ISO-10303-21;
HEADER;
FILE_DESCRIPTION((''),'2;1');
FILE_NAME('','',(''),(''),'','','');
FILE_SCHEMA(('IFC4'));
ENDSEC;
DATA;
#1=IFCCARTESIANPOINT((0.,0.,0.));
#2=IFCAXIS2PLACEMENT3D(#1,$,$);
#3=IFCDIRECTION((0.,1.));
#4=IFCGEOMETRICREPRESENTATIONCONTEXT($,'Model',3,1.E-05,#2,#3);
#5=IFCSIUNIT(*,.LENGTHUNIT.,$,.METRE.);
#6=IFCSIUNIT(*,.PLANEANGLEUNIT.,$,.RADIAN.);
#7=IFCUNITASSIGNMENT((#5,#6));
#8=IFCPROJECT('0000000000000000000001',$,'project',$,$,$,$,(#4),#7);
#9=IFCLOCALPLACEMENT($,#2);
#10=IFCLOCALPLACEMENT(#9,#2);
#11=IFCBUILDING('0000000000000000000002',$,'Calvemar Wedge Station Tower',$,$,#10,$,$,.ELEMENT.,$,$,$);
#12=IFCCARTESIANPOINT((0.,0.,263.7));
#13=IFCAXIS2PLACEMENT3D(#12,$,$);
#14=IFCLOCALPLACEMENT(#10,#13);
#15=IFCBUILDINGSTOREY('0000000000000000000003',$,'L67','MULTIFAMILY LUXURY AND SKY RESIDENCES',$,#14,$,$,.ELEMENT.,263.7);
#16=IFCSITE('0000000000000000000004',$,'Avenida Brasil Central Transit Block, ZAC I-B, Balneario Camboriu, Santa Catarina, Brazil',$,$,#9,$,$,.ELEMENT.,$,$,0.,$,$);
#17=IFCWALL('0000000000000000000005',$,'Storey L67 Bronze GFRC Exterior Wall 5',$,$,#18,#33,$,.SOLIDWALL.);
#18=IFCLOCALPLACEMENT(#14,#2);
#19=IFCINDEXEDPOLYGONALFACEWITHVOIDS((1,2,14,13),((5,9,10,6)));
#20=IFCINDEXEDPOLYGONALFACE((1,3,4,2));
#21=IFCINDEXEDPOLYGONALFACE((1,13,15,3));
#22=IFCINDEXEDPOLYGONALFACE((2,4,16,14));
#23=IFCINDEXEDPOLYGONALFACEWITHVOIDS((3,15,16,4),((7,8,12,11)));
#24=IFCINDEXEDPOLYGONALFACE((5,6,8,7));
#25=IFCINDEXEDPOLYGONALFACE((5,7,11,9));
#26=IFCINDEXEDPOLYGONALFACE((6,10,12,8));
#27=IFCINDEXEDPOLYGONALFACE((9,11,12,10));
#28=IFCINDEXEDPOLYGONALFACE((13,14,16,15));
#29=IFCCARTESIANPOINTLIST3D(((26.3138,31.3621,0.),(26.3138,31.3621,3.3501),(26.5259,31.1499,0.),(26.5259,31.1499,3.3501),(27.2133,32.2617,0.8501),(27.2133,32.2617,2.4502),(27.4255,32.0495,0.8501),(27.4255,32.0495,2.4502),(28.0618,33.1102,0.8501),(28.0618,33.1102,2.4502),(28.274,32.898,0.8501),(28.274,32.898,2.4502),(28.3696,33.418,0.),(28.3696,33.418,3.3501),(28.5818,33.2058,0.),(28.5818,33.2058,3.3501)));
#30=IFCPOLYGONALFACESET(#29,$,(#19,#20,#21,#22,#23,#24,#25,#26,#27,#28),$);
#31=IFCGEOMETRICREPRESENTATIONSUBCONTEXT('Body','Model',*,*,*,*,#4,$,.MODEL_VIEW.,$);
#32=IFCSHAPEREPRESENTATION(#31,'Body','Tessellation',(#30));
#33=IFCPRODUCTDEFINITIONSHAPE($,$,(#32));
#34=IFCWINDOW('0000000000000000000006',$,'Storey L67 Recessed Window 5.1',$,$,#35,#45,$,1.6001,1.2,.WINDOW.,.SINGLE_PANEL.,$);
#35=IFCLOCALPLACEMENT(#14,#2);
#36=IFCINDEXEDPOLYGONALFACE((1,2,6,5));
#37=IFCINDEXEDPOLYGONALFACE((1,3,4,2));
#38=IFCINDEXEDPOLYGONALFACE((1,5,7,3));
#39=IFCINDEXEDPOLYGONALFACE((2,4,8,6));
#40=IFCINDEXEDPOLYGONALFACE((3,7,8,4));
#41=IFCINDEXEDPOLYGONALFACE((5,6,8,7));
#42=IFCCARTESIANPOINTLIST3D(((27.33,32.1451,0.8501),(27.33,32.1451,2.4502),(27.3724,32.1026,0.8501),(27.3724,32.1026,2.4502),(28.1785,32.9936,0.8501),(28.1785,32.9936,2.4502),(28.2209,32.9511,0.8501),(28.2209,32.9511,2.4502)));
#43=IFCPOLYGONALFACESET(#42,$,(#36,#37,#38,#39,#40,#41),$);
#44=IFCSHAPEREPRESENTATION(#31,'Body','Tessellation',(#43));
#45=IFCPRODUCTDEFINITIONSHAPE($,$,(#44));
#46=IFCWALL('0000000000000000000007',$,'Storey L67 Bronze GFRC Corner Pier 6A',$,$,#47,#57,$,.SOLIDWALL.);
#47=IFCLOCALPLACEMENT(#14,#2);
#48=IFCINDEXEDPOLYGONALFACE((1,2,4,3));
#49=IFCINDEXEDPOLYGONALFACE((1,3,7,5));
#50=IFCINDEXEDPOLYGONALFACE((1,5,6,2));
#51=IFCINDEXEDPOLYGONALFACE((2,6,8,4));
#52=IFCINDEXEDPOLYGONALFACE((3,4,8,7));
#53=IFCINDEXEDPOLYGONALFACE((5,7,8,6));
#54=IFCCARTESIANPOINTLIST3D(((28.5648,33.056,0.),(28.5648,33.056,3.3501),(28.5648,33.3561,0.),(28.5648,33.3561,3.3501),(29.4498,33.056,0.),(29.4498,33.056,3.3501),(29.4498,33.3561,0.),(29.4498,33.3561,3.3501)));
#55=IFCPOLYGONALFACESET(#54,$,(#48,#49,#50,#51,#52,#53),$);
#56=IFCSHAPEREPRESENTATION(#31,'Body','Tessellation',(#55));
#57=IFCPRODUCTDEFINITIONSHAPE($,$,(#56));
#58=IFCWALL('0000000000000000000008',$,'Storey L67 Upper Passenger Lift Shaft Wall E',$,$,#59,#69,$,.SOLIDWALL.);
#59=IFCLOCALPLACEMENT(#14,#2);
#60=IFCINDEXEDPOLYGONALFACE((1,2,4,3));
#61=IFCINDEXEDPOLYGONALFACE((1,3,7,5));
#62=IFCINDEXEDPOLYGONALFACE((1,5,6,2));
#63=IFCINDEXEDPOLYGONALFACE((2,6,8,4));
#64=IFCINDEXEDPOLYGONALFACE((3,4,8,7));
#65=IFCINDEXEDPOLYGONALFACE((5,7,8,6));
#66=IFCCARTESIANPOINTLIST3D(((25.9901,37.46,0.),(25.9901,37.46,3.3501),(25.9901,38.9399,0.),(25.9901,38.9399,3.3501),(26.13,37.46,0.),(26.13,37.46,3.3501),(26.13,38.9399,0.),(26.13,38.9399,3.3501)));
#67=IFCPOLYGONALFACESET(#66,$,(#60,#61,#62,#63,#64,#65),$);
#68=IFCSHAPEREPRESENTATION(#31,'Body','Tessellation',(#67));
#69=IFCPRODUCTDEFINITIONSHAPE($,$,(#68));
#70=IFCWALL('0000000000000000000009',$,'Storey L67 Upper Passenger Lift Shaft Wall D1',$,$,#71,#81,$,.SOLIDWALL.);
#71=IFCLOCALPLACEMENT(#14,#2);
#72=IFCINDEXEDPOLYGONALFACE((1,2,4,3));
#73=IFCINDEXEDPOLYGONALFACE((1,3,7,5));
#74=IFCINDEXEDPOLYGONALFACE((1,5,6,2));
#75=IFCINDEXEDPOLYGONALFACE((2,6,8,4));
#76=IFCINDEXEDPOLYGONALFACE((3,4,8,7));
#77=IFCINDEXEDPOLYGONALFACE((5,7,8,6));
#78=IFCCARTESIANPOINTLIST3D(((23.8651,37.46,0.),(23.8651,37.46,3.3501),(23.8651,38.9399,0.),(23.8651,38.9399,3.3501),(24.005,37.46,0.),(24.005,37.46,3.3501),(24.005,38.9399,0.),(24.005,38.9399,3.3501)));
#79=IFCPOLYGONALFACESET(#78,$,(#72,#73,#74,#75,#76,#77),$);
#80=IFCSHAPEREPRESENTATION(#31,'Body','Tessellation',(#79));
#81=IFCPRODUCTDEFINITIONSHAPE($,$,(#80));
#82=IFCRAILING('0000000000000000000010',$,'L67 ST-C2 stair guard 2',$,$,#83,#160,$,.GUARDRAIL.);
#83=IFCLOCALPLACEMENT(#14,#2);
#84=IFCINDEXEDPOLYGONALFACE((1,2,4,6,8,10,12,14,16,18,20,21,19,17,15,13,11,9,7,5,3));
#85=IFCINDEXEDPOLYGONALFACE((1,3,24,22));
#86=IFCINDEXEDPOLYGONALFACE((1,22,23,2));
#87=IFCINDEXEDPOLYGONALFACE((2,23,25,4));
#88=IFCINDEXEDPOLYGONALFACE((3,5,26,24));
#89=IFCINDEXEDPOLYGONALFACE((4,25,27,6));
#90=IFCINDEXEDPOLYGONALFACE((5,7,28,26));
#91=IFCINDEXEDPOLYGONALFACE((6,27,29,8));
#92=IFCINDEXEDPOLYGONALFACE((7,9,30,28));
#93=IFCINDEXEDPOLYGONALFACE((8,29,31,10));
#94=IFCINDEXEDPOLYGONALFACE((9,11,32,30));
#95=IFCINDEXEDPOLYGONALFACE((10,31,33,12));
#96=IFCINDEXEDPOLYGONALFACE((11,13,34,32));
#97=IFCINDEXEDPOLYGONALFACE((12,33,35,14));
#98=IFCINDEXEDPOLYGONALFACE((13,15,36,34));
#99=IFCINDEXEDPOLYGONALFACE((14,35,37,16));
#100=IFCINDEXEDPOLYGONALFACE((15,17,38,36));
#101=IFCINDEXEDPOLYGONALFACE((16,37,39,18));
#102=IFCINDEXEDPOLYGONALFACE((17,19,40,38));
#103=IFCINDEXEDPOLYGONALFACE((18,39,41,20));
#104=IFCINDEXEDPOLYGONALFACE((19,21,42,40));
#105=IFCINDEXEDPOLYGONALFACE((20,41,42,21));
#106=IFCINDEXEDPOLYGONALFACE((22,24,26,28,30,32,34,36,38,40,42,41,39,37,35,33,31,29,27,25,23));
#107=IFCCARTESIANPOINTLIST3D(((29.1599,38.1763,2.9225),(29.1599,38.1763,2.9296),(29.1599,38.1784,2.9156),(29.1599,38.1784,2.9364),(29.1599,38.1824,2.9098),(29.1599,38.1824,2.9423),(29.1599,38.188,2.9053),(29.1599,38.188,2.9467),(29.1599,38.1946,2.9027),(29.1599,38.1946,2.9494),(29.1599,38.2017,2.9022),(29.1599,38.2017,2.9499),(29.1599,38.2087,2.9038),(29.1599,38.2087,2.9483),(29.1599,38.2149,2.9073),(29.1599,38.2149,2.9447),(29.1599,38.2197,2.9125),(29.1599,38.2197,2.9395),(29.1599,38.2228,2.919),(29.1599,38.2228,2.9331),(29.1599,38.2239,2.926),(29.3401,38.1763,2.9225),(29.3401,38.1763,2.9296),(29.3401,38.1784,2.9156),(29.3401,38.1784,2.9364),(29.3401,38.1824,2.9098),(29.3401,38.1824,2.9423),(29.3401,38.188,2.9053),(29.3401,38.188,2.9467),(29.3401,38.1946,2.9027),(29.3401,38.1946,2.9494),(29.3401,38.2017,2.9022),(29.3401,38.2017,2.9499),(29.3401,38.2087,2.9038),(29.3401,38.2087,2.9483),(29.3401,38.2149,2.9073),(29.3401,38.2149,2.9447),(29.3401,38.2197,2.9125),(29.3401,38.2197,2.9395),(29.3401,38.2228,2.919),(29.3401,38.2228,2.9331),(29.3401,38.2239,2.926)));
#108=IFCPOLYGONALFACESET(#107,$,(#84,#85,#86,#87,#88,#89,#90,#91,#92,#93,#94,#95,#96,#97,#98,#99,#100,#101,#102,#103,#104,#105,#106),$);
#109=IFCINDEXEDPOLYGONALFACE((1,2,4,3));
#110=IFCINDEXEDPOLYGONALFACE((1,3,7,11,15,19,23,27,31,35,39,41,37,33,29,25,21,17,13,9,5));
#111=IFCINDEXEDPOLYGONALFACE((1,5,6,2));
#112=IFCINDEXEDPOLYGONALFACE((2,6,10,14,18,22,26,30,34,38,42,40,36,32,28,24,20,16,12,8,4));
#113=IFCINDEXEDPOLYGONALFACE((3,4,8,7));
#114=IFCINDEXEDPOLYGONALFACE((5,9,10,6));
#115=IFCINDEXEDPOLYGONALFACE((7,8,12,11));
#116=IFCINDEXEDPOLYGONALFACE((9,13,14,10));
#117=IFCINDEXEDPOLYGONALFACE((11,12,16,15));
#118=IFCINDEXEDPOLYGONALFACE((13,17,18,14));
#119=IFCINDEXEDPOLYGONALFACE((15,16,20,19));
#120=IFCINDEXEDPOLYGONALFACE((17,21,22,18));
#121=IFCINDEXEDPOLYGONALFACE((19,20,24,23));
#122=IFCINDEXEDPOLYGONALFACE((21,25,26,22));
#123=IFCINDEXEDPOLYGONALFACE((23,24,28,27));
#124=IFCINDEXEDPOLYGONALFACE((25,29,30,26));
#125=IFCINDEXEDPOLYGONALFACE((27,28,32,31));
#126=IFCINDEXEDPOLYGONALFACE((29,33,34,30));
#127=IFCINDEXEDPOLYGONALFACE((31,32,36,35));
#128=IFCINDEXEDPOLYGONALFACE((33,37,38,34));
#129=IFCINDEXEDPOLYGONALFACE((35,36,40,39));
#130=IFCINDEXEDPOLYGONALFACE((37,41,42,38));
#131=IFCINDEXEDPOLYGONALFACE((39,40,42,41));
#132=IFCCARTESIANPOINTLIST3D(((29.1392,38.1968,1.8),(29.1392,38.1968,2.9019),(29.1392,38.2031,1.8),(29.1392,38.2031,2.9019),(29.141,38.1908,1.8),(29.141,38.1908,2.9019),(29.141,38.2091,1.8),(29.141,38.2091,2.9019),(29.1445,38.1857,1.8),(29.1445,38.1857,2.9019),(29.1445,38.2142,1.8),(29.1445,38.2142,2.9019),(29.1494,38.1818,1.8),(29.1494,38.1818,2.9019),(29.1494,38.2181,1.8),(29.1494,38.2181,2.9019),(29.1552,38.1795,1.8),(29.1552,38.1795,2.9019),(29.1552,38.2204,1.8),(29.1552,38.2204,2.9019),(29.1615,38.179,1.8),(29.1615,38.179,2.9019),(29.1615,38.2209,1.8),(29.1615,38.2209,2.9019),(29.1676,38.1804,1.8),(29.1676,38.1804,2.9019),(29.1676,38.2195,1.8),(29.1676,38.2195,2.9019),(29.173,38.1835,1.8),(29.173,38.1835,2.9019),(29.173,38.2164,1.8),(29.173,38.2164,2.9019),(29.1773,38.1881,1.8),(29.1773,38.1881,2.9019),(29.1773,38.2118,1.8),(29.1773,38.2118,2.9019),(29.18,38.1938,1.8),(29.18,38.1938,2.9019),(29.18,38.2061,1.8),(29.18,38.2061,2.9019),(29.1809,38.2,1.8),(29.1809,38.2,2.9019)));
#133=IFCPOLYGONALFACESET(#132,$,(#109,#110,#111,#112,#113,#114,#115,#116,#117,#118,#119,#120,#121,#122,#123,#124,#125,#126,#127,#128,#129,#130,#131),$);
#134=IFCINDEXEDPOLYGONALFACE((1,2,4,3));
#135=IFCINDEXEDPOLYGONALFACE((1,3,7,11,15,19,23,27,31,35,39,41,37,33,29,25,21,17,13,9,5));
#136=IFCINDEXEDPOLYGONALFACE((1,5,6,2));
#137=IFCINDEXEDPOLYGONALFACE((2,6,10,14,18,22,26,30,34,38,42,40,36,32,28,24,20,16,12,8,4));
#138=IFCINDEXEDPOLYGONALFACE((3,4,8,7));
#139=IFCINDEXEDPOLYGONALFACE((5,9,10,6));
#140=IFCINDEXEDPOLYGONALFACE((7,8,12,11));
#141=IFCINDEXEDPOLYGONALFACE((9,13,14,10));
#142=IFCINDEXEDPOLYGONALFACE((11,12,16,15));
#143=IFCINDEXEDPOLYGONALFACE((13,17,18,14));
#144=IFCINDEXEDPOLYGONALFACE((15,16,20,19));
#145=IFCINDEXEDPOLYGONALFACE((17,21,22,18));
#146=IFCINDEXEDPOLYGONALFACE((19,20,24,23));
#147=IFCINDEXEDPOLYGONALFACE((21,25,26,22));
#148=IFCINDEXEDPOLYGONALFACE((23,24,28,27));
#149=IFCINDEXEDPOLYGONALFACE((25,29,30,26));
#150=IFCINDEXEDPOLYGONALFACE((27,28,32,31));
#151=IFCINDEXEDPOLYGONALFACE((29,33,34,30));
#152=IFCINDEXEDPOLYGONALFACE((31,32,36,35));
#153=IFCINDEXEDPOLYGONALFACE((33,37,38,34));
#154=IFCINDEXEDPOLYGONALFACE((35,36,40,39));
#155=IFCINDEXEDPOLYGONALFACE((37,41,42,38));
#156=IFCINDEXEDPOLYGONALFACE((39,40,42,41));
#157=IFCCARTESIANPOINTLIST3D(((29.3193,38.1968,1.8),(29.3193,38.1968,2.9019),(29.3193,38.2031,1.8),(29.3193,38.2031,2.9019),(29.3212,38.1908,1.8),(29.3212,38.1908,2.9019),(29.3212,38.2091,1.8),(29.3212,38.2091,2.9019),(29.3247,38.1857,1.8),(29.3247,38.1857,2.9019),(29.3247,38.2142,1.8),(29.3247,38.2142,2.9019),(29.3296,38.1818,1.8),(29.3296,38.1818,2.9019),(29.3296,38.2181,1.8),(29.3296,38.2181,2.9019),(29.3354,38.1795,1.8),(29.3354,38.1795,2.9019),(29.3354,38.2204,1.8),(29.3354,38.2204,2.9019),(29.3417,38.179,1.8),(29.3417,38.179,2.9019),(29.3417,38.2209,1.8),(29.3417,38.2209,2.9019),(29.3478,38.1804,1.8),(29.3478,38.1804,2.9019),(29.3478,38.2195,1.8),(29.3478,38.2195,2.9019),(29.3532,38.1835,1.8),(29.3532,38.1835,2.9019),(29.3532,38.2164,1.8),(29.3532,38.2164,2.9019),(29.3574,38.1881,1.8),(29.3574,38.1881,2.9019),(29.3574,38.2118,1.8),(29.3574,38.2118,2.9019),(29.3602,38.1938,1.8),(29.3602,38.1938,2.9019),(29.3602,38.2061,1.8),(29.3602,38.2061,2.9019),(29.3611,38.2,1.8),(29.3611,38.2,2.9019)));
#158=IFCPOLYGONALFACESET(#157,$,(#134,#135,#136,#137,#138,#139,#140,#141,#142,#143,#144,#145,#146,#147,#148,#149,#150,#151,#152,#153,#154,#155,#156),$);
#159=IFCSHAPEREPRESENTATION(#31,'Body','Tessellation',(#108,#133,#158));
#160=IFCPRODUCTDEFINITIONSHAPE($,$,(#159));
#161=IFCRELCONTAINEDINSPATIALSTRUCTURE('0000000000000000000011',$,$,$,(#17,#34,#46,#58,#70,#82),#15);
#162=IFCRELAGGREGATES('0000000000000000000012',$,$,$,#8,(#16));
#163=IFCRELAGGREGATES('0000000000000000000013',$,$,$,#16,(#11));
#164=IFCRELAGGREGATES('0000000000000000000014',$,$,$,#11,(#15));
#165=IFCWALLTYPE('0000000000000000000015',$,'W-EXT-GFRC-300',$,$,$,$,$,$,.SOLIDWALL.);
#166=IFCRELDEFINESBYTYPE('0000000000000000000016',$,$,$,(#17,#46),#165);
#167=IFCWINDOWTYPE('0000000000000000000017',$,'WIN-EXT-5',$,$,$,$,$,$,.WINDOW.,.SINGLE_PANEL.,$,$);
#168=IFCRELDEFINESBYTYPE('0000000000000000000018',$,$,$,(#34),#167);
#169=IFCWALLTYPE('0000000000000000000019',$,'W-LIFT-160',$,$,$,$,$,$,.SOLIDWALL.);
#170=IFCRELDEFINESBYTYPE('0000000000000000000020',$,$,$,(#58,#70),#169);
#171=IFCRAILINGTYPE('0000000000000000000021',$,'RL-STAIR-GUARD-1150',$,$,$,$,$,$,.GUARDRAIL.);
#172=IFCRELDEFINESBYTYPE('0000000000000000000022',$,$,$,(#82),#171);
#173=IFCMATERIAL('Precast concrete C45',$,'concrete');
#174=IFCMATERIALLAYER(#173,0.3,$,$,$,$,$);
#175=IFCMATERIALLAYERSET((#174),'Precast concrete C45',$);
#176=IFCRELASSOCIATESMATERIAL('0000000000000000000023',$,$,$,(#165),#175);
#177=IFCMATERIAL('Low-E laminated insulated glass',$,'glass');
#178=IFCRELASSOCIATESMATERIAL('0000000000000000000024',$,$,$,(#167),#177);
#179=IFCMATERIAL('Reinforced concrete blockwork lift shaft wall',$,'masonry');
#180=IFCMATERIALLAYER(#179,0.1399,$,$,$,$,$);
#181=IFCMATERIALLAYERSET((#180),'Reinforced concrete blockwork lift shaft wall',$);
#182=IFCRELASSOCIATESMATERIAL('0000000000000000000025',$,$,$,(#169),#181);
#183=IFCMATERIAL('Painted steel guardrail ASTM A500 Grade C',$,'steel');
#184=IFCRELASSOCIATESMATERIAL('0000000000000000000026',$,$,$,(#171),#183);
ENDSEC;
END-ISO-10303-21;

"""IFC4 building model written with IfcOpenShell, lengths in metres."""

from ifc_helpers import new_model, si_unit, direction, frame, frame_2d, origin, origin_2d, place, context, subcontext, project, spatial, rectangle, circle, extrude, source, transform, mapped, material, layer, layer_set, type_object, element, fill, save


model = new_model("IFC4")

# Units and contexts
model_context = context("Model", 3, precision=1e-05, world=origin(), true_north=direction((0.0, 1.0)))
body_context = subcontext(model_context, "Body", "Model", "MODEL_VIEW")
ifc_project = project(units=[si_unit("LENGTHUNIT", "METRE"), si_unit("PLANEANGLEUNIT", "RADIAN")], contexts=[model_context])

# Site, building, storey
site_placement = place(None, origin())
site = spatial("IfcSite", under=ifc_project, at=site_placement, Name="Avenida Brasil Central Transit Block, ZAC I-B, Balneario Camboriu, Santa Catarina, Brazil", CompositionType="ELEMENT", RefElevation=0.0)
building_placement = place(site_placement, origin())
building = spatial("IfcBuilding", under=site, at=building_placement, Name="Calvemar Wedge Station Tower", CompositionType="ELEMENT")
storey_placement = place(building_placement, frame((0.0, 0.0, 263.7)))
storey = spatial("IfcBuildingStorey", under=building, at=storey_placement, Name="L67", Description="MULTIFAMILY LUXURY AND SKY RESIDENCES", CompositionType="ELEMENT", Elevation=263.7)

# Shared definitions
ifc_material_1 = material(Name="Low-E laminated insulated glass", Category="glass")

# Shared definitions
ifc_material_2 = material(Name="Precast concrete C45", Category="concrete")
ifc_layer_1 = layer(ifc_material_2, 0.3)
ifc_layer_set_1 = layer_set([ifc_layer_1], Name="Precast concrete C45")
wall_type_1 = type_object("IfcWallType", Name="W-EXT-GFRC-300", PredefinedType="SOLIDWALL", material=ifc_layer_set_1)

# Wall, opening, window
wall_1_placement = place(storey_placement, frame((26.4199, 31.2561, 0.0), z_axis=(0.0, 0.0, 1.0), x_axis=(0.707107, 0.707107, 0.0)))
wall_1 = element("IfcWall", 1, at=wall_1_placement, inside=storey, type_object=wall_type_1, Name="Storey L67 Bronze GFRC Exterior Wall 5", PredefinedType="SOLIDWALL", context=body_context, shape_type="SweptSolid", body=[
    extrude(rectangle(XDim=2.9075, YDim=0.3, at=frame_2d((1.4536, 0.0))), origin(), (0.0, 0.0, 1.0), 3.3501),
])
shared_shape_1 = source(origin(), body_context, "Body", "SweptSolid", [
    extrude(rectangle(XDim=1.2, YDim=1.6001, at=frame_2d((0.6001, 0.8))), frame((0.0, 0.1602, 0.0), z_axis=(0.0, -1.0, 0.0), x_axis=(1.0, 0.0, 0.0)), (0.0, 0.0, 1.0), 0.3201),
])
opening_1_placement = place(wall_1_placement, frame((1.272, 0.0, 0.8501)))
opening_1 = element("IfcOpeningElement", 2, at=opening_1_placement, cuts=wall_1, PredefinedType="OPENING", context=body_context, shape_type="MappedRepresentation", body=[
    mapped(shared_shape_1, transform((0.0, 0.0, 0.0), scale=1.0)),
])
window_type_1 = type_object("IfcWindowType", Name="WIN-EXT-5", PartitioningType="SINGLE_PANEL", PredefinedType="WINDOW", material=ifc_material_1)
shared_shape_2 = source(origin(), body_context, "Body", "SweptSolid", [
    extrude(rectangle(XDim=1.2, YDim=1.6001, at=frame_2d((0.6001, 0.8))), frame((0.0, -0.0149, 0.0), z_axis=(0.0, -1.0, 0.0), x_axis=(1.0, 0.0, 0.0)), (0.0, 0.0, 1.0), 0.0601),
])
window_1_placement = place(opening_1_placement, origin())
window_1 = element("IfcWindow", 3, at=window_1_placement, inside=storey, type_object=window_type_1, Name="Storey L67 Recessed Window 5.1", OverallHeight=1.6001, OverallWidth=1.2, PartitioningType="SINGLE_PANEL", PredefinedType="WINDOW", context=body_context, shape_type="MappedRepresentation", body=[
    mapped(shared_shape_2, transform((0.0, 0.0, 0.0), scale=1.0)),
])
fill(opening_1, window_1)

# Walls
wall_2_placement = place(storey_placement, frame((28.5649, 33.2061, 0.0), z_axis=(0.0, 0.0, 1.0), x_axis=(1.0, 0.0, 0.0)))
element("IfcWall", 4, at=wall_2_placement, inside=storey, type_object=wall_type_1, Name="Storey L67 Bronze GFRC Corner Pier 6A", PredefinedType="SOLIDWALL", context=body_context, shape_type="SweptSolid", body=[
    extrude(rectangle(XDim=0.885, YDim=0.3, at=frame_2d((0.4424, 0.0))), origin(), (0.0, 0.0, 1.0), 3.3501),
])
ifc_material_3 = material(Name="Reinforced concrete blockwork lift shaft wall", Category="masonry")
ifc_layer_2 = layer(ifc_material_3, 0.1399)
ifc_layer_set_2 = layer_set([ifc_layer_2], Name="Reinforced concrete blockwork lift shaft wall")
wall_type_2 = type_object("IfcWallType", Name="W-LIFT-160", PredefinedType="SOLIDWALL", material=ifc_layer_set_2)
for number, where, z_axis, x_axis, name in (
    (5, (26.0601, 37.46, 0.0), (0.0, 0.0, 1.0), (0.0, 1.0, 0.0), "Storey L67 Upper Passenger Lift Shaft Wall E"),
    (6, (23.9351, 37.46, 0.0), (0.0, 0.0, 1.0), (0.0, 1.0, 0.0), "Storey L67 Upper Passenger Lift Shaft Wall D1"),
):
    element("IfcWall", number, at=place(storey_placement, frame(where, z_axis=z_axis, x_axis=x_axis)), inside=storey, type_object=wall_type_2, Name=name, PredefinedType="SOLIDWALL", context=body_context, shape_type="SweptSolid", body=[
        extrude(rectangle(XDim=1.48, YDim=0.1399, at=frame_2d((0.74, 0.0))), origin(), (0.0, 0.0, 1.0), 3.3501),
    ])

# Railing
ifc_material_4 = material(Name="Painted steel guardrail ASTM A500 Grade C", Category="steel")
railing_type = type_object("IfcRailingType", Name="RL-STAIR-GUARD-1150", PredefinedType="GUARDRAIL", material=ifc_material_4)
railing_placement = place(storey_placement, frame((29.1599, 38.2, 1.8)))
element("IfcRailing", 7, at=railing_placement, inside=storey, type_object=railing_type, Name="L67 ST-C2 stair guard 2", PredefinedType="GUARDRAIL", context=body_context, shape_type="SweptSolid", body=[
    extrude(circle(Radius=0.0239, at=origin_2d()), frame((0.0, 0.0, 1.126), z_axis=(1.0, 0.0, 0.0), x_axis=(0.0, 1.0, 0.0)), (0.0, 0.0, 1.0), 0.1802),
    extrude(circle(Radius=0.021, at=origin_2d()), origin(), (0.0, 0.0, 1.0), 1.1018),
    extrude(circle(Radius=0.021, at=origin_2d()), frame((0.1802, 0.0, 0.0)), (0.0, 0.0, 1.0), 1.1018),
])

save(model, "model.ifc")
